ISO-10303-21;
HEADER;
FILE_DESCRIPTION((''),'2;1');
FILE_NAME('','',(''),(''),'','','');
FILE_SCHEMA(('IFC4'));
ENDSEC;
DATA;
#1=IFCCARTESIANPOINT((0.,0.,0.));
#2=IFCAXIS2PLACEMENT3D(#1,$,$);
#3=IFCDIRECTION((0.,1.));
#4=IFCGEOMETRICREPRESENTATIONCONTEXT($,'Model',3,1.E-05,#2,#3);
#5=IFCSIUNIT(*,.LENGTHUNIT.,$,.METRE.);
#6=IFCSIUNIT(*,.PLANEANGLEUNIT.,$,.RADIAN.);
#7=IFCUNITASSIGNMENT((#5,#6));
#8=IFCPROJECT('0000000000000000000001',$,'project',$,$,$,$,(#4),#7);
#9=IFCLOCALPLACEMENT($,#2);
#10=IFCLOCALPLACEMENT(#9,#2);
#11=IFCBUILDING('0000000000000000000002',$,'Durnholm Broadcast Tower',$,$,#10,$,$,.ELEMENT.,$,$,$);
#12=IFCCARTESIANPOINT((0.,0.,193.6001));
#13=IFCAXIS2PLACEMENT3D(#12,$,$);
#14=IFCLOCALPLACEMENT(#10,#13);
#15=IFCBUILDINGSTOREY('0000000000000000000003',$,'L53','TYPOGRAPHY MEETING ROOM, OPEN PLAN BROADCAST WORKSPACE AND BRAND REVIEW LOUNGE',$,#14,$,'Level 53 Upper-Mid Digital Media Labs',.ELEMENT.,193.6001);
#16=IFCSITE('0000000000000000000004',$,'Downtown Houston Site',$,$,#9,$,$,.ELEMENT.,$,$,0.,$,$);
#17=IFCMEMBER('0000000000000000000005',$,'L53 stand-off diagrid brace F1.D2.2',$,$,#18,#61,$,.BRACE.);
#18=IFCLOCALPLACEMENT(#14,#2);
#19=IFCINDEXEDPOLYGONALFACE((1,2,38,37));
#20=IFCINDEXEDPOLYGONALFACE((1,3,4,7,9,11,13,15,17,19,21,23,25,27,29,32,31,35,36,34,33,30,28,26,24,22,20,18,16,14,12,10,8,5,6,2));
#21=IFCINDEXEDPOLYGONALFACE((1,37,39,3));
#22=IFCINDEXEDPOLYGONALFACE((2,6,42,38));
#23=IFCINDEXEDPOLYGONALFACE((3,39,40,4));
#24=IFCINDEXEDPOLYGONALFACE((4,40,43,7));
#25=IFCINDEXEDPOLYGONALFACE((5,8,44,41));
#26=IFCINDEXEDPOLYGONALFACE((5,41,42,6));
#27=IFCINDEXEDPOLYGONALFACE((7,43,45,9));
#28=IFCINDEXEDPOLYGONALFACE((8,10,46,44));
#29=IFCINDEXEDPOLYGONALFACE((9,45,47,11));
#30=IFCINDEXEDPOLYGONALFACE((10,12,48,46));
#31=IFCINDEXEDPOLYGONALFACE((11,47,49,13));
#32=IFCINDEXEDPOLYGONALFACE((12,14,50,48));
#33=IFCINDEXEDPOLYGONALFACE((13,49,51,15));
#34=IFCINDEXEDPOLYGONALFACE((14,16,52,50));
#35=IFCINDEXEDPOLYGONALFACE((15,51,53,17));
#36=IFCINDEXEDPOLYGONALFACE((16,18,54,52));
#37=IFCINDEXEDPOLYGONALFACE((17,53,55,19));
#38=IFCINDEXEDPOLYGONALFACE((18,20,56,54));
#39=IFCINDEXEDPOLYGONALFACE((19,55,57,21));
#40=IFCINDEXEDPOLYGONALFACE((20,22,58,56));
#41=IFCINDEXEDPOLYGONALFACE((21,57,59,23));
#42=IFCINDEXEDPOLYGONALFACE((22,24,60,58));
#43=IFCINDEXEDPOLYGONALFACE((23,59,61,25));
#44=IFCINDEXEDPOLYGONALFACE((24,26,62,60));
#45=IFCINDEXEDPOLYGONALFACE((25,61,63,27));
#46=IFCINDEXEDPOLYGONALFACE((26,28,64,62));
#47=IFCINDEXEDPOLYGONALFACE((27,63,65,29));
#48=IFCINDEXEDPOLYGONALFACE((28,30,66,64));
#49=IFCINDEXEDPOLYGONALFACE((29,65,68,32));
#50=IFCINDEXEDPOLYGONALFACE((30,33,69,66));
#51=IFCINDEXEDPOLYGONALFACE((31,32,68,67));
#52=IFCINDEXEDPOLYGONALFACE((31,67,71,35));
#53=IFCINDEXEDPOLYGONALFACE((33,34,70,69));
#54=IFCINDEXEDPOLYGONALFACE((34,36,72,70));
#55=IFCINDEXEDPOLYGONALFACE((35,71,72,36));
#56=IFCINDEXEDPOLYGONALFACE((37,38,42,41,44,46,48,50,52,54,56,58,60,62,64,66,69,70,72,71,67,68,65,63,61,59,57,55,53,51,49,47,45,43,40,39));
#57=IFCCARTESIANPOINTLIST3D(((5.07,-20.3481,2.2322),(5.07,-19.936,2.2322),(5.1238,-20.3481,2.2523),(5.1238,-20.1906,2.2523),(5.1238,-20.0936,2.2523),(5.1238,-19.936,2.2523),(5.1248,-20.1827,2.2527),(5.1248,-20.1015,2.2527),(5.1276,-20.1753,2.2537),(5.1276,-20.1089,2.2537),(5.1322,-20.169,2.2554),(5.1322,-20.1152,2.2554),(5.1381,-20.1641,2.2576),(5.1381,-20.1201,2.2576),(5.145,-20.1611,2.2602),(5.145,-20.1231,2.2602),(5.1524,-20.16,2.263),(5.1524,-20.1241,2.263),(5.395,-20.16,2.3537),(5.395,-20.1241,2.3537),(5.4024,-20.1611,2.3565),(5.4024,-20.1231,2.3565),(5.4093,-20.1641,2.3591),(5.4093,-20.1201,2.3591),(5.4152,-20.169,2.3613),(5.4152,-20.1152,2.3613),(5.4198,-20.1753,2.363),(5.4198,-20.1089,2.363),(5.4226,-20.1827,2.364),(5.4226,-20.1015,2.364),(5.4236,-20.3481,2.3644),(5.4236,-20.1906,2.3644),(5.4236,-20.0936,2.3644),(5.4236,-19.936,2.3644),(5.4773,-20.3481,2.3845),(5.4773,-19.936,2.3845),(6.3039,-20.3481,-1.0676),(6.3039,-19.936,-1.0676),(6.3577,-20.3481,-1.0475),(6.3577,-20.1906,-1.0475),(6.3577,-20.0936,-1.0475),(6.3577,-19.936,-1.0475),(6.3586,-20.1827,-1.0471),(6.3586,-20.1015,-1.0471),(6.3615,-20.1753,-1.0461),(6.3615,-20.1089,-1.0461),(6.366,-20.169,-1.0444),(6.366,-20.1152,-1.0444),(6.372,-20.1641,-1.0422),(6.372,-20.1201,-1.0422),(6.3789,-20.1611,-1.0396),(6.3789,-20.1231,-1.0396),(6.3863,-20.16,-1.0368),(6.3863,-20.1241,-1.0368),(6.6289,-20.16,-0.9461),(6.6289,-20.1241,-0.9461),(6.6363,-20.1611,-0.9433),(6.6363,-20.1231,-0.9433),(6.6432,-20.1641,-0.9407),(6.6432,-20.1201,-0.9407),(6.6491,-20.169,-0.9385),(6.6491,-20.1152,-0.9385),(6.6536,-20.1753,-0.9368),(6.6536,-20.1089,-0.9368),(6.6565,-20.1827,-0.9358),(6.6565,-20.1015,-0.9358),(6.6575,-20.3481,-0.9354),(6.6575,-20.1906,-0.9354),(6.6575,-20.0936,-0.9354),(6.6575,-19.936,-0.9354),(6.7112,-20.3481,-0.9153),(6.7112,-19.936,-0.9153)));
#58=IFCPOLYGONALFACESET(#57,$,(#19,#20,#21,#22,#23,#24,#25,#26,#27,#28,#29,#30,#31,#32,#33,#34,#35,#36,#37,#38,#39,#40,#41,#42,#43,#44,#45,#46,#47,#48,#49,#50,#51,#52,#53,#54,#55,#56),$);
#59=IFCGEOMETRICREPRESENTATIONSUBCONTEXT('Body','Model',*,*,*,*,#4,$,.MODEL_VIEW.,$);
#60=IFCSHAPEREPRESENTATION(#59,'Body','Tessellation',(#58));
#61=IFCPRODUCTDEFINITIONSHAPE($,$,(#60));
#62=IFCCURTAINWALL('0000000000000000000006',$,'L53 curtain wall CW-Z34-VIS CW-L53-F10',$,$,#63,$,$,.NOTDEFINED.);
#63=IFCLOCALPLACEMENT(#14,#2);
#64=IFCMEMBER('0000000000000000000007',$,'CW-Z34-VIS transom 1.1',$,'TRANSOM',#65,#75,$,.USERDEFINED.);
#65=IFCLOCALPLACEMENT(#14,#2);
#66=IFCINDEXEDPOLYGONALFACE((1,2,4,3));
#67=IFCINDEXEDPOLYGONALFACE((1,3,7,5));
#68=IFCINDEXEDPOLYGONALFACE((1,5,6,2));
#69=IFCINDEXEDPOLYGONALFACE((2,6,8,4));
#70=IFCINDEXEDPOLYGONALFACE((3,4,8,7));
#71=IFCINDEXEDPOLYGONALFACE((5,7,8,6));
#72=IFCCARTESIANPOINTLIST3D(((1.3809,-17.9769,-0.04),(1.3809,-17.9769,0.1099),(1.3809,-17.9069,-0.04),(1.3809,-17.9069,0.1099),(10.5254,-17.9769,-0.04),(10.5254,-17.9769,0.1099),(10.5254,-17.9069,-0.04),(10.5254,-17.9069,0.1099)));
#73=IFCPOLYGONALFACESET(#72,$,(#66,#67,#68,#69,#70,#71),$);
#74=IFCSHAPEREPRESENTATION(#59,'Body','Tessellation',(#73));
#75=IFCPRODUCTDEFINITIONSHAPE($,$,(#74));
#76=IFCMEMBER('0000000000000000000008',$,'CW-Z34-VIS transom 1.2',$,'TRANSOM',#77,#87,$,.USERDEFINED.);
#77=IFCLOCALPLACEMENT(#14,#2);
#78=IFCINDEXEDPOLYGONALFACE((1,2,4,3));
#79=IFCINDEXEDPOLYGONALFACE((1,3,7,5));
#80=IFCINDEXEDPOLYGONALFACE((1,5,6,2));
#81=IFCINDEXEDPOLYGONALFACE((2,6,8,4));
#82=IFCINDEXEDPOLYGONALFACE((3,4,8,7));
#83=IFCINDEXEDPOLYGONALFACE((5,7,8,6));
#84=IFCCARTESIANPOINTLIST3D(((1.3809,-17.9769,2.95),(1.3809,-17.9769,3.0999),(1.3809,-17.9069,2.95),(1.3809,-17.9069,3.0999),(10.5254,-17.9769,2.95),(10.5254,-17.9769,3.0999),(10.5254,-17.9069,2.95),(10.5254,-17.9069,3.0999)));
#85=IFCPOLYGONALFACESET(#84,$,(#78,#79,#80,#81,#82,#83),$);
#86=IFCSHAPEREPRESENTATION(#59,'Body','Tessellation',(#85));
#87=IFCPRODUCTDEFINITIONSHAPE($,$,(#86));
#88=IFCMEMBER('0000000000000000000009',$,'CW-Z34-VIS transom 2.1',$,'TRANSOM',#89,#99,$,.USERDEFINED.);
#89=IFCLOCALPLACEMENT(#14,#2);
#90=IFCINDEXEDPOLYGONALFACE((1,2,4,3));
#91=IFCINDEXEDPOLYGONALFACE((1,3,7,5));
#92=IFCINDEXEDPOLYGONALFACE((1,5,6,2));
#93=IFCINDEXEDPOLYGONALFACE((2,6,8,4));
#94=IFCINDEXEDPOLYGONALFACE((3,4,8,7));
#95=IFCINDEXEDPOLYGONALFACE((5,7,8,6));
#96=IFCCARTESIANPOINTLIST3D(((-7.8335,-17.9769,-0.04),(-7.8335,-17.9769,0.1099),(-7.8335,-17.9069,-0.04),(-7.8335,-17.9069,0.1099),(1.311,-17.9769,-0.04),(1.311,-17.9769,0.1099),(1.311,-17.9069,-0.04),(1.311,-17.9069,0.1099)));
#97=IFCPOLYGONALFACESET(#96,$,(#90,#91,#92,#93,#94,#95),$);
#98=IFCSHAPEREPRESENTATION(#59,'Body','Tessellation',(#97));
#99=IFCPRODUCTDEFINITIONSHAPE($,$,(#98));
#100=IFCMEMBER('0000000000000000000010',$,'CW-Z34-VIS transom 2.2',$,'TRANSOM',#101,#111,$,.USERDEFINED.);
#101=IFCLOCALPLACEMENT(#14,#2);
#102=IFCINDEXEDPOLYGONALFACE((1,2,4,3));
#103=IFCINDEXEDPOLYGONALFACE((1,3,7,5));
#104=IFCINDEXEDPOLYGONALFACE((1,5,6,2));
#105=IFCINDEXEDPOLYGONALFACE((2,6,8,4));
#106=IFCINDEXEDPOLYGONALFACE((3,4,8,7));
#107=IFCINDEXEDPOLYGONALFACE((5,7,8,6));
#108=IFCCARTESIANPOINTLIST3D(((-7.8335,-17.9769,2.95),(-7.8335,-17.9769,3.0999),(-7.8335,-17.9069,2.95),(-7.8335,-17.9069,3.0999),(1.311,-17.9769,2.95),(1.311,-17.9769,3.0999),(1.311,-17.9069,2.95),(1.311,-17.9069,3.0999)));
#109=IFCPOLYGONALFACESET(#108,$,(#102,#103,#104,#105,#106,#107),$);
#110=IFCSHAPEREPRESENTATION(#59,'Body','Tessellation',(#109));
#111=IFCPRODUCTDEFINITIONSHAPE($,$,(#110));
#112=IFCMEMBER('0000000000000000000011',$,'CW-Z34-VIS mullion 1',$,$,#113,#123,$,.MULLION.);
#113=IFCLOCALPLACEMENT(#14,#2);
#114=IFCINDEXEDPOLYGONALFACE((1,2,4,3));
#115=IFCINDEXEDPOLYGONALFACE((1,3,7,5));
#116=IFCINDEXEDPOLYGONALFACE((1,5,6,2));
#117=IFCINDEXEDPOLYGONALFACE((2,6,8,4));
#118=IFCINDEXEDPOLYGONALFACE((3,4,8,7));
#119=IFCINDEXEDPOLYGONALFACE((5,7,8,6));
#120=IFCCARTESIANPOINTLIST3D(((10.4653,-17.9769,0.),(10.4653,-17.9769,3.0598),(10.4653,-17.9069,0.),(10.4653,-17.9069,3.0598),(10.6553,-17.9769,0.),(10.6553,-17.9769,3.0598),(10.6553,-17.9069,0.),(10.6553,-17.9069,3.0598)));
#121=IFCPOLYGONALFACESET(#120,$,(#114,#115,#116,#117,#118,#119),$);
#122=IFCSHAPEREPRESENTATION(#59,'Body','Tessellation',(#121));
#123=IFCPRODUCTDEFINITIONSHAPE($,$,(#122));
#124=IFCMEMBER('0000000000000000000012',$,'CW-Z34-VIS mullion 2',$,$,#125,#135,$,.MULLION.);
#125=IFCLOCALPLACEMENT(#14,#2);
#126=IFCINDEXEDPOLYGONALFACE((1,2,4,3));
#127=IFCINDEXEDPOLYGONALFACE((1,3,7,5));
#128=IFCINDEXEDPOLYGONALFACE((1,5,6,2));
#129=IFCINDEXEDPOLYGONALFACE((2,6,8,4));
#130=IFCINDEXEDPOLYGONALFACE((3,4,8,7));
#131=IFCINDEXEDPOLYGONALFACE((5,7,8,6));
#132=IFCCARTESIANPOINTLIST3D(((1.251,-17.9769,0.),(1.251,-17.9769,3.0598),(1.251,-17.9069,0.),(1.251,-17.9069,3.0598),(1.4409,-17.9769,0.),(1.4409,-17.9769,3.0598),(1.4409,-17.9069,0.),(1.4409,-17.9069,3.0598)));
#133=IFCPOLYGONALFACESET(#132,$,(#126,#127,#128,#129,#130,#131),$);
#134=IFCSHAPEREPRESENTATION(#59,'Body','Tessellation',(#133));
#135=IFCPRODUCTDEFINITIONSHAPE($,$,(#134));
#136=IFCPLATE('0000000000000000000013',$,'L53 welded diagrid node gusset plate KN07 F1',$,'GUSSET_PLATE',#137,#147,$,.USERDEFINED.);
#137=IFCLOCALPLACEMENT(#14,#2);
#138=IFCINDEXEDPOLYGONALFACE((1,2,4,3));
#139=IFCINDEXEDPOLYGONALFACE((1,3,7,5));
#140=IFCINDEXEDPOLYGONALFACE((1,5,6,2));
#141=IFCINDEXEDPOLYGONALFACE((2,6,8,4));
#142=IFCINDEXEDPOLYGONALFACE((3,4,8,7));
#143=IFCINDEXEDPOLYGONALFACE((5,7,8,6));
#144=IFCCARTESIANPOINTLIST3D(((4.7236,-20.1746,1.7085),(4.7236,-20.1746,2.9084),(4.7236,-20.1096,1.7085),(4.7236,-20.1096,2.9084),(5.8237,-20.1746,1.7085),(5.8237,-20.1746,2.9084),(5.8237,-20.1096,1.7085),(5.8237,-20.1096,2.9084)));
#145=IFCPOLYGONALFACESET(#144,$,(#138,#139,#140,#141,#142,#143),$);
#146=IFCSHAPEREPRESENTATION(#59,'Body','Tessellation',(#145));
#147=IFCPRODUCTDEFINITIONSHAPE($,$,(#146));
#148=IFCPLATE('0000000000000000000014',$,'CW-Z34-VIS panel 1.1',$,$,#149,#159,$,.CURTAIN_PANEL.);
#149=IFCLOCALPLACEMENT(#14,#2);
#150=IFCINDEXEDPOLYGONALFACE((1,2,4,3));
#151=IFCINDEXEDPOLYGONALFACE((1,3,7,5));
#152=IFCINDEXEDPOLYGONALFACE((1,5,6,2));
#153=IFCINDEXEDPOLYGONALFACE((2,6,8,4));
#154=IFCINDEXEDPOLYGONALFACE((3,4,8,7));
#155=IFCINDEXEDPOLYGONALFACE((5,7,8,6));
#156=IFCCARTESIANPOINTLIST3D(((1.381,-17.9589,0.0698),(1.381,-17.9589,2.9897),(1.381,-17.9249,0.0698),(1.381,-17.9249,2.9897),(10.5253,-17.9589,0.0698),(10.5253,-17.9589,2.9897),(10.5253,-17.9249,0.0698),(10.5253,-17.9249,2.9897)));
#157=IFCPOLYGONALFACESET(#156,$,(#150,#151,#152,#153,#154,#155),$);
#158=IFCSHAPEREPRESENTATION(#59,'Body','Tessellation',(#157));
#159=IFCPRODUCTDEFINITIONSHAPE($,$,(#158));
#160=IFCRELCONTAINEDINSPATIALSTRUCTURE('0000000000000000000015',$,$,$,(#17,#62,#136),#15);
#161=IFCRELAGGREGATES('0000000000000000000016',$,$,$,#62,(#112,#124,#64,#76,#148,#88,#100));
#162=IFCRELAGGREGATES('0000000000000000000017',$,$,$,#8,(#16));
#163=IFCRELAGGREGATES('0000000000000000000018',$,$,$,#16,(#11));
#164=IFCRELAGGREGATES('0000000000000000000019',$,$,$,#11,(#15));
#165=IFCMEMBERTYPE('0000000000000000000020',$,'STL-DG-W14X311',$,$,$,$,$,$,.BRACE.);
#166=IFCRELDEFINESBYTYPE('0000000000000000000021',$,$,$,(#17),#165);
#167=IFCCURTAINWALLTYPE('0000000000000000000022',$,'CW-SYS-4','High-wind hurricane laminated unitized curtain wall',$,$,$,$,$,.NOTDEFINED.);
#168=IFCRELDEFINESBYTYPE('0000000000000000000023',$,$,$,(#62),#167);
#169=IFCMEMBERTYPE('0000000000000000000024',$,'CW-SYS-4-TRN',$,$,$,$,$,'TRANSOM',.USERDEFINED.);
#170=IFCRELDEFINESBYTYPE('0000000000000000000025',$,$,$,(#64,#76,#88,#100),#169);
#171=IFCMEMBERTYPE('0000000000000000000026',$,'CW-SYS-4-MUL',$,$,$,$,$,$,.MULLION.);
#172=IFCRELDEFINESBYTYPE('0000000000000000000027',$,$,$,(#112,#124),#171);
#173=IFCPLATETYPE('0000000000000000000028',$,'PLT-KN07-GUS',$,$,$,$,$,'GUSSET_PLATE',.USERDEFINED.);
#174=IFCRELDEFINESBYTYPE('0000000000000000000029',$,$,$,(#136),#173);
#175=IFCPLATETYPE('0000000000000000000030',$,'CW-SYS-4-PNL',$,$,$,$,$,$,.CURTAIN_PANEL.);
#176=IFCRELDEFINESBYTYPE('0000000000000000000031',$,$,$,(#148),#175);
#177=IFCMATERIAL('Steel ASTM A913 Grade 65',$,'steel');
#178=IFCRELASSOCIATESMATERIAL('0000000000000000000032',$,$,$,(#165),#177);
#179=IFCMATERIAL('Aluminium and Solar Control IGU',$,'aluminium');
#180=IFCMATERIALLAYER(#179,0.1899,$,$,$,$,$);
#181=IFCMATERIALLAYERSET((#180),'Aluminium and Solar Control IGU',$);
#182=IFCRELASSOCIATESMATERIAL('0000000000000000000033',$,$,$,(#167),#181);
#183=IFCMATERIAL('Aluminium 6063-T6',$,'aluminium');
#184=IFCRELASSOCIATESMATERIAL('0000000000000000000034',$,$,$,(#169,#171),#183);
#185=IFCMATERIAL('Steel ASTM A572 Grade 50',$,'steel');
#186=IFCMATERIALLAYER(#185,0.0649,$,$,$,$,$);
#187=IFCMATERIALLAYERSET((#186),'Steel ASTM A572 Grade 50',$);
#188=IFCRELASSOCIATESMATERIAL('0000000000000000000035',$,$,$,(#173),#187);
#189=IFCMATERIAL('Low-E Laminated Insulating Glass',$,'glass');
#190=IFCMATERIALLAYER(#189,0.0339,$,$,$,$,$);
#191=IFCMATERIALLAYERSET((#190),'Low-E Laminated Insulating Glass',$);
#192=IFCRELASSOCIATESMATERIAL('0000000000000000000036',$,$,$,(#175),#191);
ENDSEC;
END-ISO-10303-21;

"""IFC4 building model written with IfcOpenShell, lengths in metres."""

from ifc_helpers import new_model, si_unit, direction, frame, origin, origin_2d, place, context, subcontext, project, spatial, rectangle, i_section, extrude, source, transform, mapped, material, layer, layer_set, material_profile, profile_set, type_object, type_shapes, element, aggregate, save


model = new_model("IFC4")

# Units and contexts
model_context = context("Model", 3, precision=1e-05, world=origin(), true_north=direction((0.0, 1.0)))
body_context = subcontext(model_context, "Body", "Model", "MODEL_VIEW")
ifc_project = project(units=[si_unit("LENGTHUNIT", "METRE"), si_unit("PLANEANGLEUNIT", "RADIAN")], contexts=[model_context])

# Site, building, storey
site_placement = place(None, origin())
site = spatial("IfcSite", under=ifc_project, at=site_placement, Name="Downtown Houston Site", CompositionType="ELEMENT", RefElevation=0.0)
building_placement = place(site_placement, origin())
building = spatial("IfcBuilding", under=site, at=building_placement, Name="Durnholm Broadcast Tower", CompositionType="ELEMENT")
storey_placement = place(building_placement, frame((0.0, 0.0, 193.6001)))
storey = spatial("IfcBuildingStorey", under=building, at=storey_placement, Name="L53", Description="TYPOGRAPHY MEETING ROOM, OPEN PLAN BROADCAST WORKSPACE AND BRAND REVIEW LOUNGE", LongName="Level 53 Upper-Mid Digital Media Labs", CompositionType="ELEMENT", Elevation=193.6001)

# Member
ifc_material_1 = material(Name="Steel ASTM A913 Grade 65", Category="steel")
ifc_material_profile_1 = material_profile(ifc_material_1, i_section(OverallWidth=0.4121, OverallDepth=0.4348, WebThickness=0.0359, FlangeThickness=0.0574, FilletRadius=0.0305, at=origin_2d()), Name="W14X311")
ifc_profile_set_1 = profile_set([ifc_material_profile_1], Name="Steel ASTM A913 Grade 65")
member_type_1 = type_object("IfcMemberType", Name="STL-DG-W14X311", PredefinedType="BRACE", material=ifc_profile_set_1)
shared_shape_1 = source(origin(), body_context, "Body", "SweptSolid", [
    extrude(i_section(OverallWidth=0.4121, OverallDepth=0.4348, WebThickness=0.0359, FlangeThickness=0.0574, FilletRadius=0.0305, at=origin_2d()), origin(), (0.0, 0.0, 1.0), 3.5229),
])
type_shapes(member_type_1, [shared_shape_1])
for number, where, z_axis, x_axis, name in (
    (1, (6.5076, -20.1421, -0.9915), (-0.350242, 0.0, 0.936659), (0.0, -1.0, 0.0), "L53 stand-off diagrid brace F1.D2.2"),
):
    element("IfcMember", number, at=place(storey_placement, frame(where, z_axis=z_axis, x_axis=x_axis)), inside=storey, type_object=member_type_1, Name=name, PredefinedType="BRACE", context=body_context, shape_type="MappedRepresentation", body=[
        mapped(shared_shape_1, transform((0.0, 0.0, 0.0), x_axis=(1.0, 0.0, 0.0), y_axis=(0.0, 1.0, 0.0), z_axis=(0.0, 0.0, 1.0), scale=1.0)),
    ])

# Curtain wall, members
ifc_material_2 = material(Name="Aluminium and Solar Control IGU", Category="aluminium")
ifc_layer_1 = layer(ifc_material_2, 0.1899)
ifc_layer_set_1 = layer_set([ifc_layer_1], Name="Aluminium and Solar Control IGU")
curtain_wall_type = type_object("IfcCurtainWallType", Name="CW-SYS-4", Description="High-wind hurricane laminated unitized curtain wall", PredefinedType="NOTDEFINED", material=ifc_layer_set_1)
curtain_wall_placement = place(storey_placement, origin())
curtain_wall = element("IfcCurtainWall", 2, at=curtain_wall_placement, inside=storey, type_object=curtain_wall_type, Name="L53 curtain wall CW-Z34-VIS CW-L53-F10", PredefinedType="NOTDEFINED")
ifc_material_3 = material(Name="Aluminium 6063-T6", Category="aluminium")
ifc_material_profile_2 = material_profile(ifc_material_3, rectangle(XDim=0.0701, YDim=0.1499, at=origin_2d()), Name="CWT70X150")
ifc_profile_set_2 = profile_set([ifc_material_profile_2], Name="Aluminium 6063-T6")
member_type_2 = type_object("IfcMemberType", Name="CW-SYS-4-TRN", ElementType="TRANSOM", PredefinedType="USERDEFINED", material=ifc_profile_set_2)
shared_shape_2 = source(origin(), body_context, "Body", "SweptSolid", [
    extrude(rectangle(XDim=0.0701, YDim=0.1499, at=origin_2d()), origin(), (0.0, 0.0, 1.0), 9.1445),
])
type_shapes(member_type_2, [shared_shape_2])
member_1_placement = place(storey_placement, frame((10.5254, -17.9419, 0.0349), z_axis=(-1.0, 0.0, 0.0), x_axis=(0.0, -1.0, 0.0)))
member_1 = element("IfcMember", 3, at=member_1_placement, type_object=member_type_2, Name="CW-Z34-VIS transom 1.1", ObjectType="TRANSOM", PredefinedType="USERDEFINED", context=body_context, shape_type="MappedRepresentation", body=[
    mapped(shared_shape_2, transform((0.0, 0.0, 0.0), x_axis=(1.0, 0.0, 0.0), y_axis=(0.0, 1.0, 0.0), z_axis=(0.0, 0.0, 1.0), scale=1.0)),
])
member_2_placement = place(storey_placement, frame((10.5254, -17.9419, 3.0249), z_axis=(-1.0, 0.0, 0.0), x_axis=(0.0, -1.0, 0.0)))
member_2 = element("IfcMember", 4, at=member_2_placement, type_object=member_type_2, Name="CW-Z34-VIS transom 1.2", ObjectType="TRANSOM", PredefinedType="USERDEFINED", context=body_context, shape_type="MappedRepresentation", body=[
    mapped(shared_shape_2, transform((0.0, 0.0, 0.0), x_axis=(1.0, 0.0, 0.0), y_axis=(0.0, 1.0, 0.0), z_axis=(0.0, 0.0, 1.0), scale=1.0)),
])
member_3_placement = place(storey_placement, frame((1.311, -17.9419, 0.0349), z_axis=(-1.0, 0.0, 0.0), x_axis=(0.0, -1.0, 0.0)))
member_3 = element("IfcMember", 5, at=member_3_placement, type_object=member_type_2, Name="CW-Z34-VIS transom 2.1", ObjectType="TRANSOM", PredefinedType="USERDEFINED", context=body_context, shape_type="MappedRepresentation", body=[
    mapped(shared_shape_2, transform((0.0, 0.0, 0.0), x_axis=(1.0, 0.0, 0.0), y_axis=(0.0, 1.0, 0.0), z_axis=(0.0, 0.0, 1.0), scale=1.0)),
])
member_4_placement = place(storey_placement, frame((1.311, -17.9419, 3.0249), z_axis=(-1.0, 0.0, 0.0), x_axis=(0.0, -1.0, 0.0)))
member_4 = element("IfcMember", 6, at=member_4_placement, type_object=member_type_2, Name="CW-Z34-VIS transom 2.2", ObjectType="TRANSOM", PredefinedType="USERDEFINED", context=body_context, shape_type="MappedRepresentation", body=[
    mapped(shared_shape_2, transform((0.0, 0.0, 0.0), x_axis=(1.0, 0.0, 0.0), y_axis=(0.0, 1.0, 0.0), z_axis=(0.0, 0.0, 1.0), scale=1.0)),
])
ifc_material_profile_3 = material_profile(ifc_material_3, rectangle(XDim=0.0701, YDim=0.1899, at=origin_2d()), Name="CWM70X190")
ifc_profile_set_3 = profile_set([ifc_material_profile_3], Name="Aluminium 6063-T6")
member_type_3 = type_object("IfcMemberType", Name="CW-SYS-4-MUL", PredefinedType="MULLION", material=ifc_profile_set_3)
shared_shape_3 = source(origin(), body_context, "Body", "SweptSolid", [
    extrude(rectangle(XDim=0.0701, YDim=0.1899, at=origin_2d()), origin(), (0.0, 0.0, 1.0), 3.0598),
])
type_shapes(member_type_3, [shared_shape_3])
member_5_placement = place(storey_placement, frame((10.5603, -17.9419, 0.0), z_axis=(0.0, 0.0, 1.0), x_axis=(0.0, -1.0, 0.0)))
member_5 = element("IfcMember", 7, at=member_5_placement, type_object=member_type_3, Name="CW-Z34-VIS mullion 1", PredefinedType="MULLION", context=body_context, shape_type="MappedRepresentation", body=[
    mapped(shared_shape_3, transform((0.0, 0.0, 0.0), x_axis=(1.0, 0.0, 0.0), y_axis=(0.0, 1.0, 0.0), z_axis=(0.0, 0.0, 1.0), scale=1.0)),
])
member_6_placement = place(storey_placement, frame((1.3459, -17.9419, 0.0), z_axis=(0.0, 0.0, 1.0), x_axis=(0.0, -1.0, 0.0)))
member_6 = element("IfcMember", 8, at=member_6_placement, type_object=member_type_3, Name="CW-Z34-VIS mullion 2", PredefinedType="MULLION", context=body_context, shape_type="MappedRepresentation", body=[
    mapped(shared_shape_3, transform((0.0, 0.0, 0.0), x_axis=(1.0, 0.0, 0.0), y_axis=(0.0, 1.0, 0.0), z_axis=(0.0, 0.0, 1.0), scale=1.0)),
])

# Plates
ifc_material_4 = material(Name="Steel ASTM A572 Grade 50", Category="steel")
ifc_layer_2 = layer(ifc_material_4, 0.0649)
ifc_layer_set_2 = layer_set([ifc_layer_2], Name="Steel ASTM A572 Grade 50")
plate_type_1 = type_object("IfcPlateType", Name="PLT-KN07-GUS", ElementType="GUSSET_PLATE", PredefinedType="USERDEFINED", material=ifc_layer_set_2)
shared_shape_4 = source(origin(), body_context, "Body", "SweptSolid", [
    extrude(rectangle(XDim=1.1001, YDim=0.0649, at=origin_2d()), origin(), (0.0, 0.0, 1.0), 1.2),
])
type_shapes(plate_type_1, [shared_shape_4])
plate_1_placement = place(storey_placement, frame((5.2737, -20.1421, 1.7085), z_axis=(0.0, 0.0, 1.0), x_axis=(1.0, 0.0, 0.0)))
element("IfcPlate", 9, at=plate_1_placement, inside=storey, type_object=plate_type_1, Name="L53 welded diagrid node gusset plate KN07 F1", ObjectType="GUSSET_PLATE", PredefinedType="USERDEFINED", context=body_context, shape_type="MappedRepresentation", body=[
    mapped(shared_shape_4, transform((0.0, 0.0, 0.0), x_axis=(1.0, 0.0, 0.0), y_axis=(0.0, 1.0, 0.0), z_axis=(0.0, 0.0, 1.0), scale=1.0)),
])
ifc_material_5 = material(Name="Low-E Laminated Insulating Glass", Category="glass")
ifc_layer_3 = layer(ifc_material_5, 0.0339)
ifc_layer_set_3 = layer_set([ifc_layer_3], Name="Low-E Laminated Insulating Glass")
plate_type_2 = type_object("IfcPlateType", Name="CW-SYS-4-PNL", PredefinedType="CURTAIN_PANEL", material=ifc_layer_set_3)
shared_shape_5 = source(origin(), body_context, "Body", "SweptSolid", [
    extrude(rectangle(XDim=9.1443, YDim=0.0339, at=origin_2d()), origin(), (0.0, 0.0, 1.0), 2.9199),
])
type_shapes(plate_type_2, [shared_shape_5])
plate_2_placement = place(storey_placement, frame((5.9531, -17.9419, 0.0698), z_axis=(0.0, 0.0, 1.0), x_axis=(-1.0, 0.0, 0.0)))
plate_2 = element("IfcPlate", 10, at=plate_2_placement, type_object=plate_type_2, Name="CW-Z34-VIS panel 1.1", PredefinedType="CURTAIN_PANEL", context=body_context, shape_type="MappedRepresentation", body=[
    mapped(shared_shape_5, transform((0.0, 0.0, 0.0), x_axis=(1.0, 0.0, 0.0), y_axis=(0.0, 1.0, 0.0), z_axis=(0.0, 0.0, 1.0), scale=1.0)),
])
aggregate(curtain_wall, [member_5, member_6, member_1, member_2, plate_2, member_3, member_4])

save(model, "model.ifc")
